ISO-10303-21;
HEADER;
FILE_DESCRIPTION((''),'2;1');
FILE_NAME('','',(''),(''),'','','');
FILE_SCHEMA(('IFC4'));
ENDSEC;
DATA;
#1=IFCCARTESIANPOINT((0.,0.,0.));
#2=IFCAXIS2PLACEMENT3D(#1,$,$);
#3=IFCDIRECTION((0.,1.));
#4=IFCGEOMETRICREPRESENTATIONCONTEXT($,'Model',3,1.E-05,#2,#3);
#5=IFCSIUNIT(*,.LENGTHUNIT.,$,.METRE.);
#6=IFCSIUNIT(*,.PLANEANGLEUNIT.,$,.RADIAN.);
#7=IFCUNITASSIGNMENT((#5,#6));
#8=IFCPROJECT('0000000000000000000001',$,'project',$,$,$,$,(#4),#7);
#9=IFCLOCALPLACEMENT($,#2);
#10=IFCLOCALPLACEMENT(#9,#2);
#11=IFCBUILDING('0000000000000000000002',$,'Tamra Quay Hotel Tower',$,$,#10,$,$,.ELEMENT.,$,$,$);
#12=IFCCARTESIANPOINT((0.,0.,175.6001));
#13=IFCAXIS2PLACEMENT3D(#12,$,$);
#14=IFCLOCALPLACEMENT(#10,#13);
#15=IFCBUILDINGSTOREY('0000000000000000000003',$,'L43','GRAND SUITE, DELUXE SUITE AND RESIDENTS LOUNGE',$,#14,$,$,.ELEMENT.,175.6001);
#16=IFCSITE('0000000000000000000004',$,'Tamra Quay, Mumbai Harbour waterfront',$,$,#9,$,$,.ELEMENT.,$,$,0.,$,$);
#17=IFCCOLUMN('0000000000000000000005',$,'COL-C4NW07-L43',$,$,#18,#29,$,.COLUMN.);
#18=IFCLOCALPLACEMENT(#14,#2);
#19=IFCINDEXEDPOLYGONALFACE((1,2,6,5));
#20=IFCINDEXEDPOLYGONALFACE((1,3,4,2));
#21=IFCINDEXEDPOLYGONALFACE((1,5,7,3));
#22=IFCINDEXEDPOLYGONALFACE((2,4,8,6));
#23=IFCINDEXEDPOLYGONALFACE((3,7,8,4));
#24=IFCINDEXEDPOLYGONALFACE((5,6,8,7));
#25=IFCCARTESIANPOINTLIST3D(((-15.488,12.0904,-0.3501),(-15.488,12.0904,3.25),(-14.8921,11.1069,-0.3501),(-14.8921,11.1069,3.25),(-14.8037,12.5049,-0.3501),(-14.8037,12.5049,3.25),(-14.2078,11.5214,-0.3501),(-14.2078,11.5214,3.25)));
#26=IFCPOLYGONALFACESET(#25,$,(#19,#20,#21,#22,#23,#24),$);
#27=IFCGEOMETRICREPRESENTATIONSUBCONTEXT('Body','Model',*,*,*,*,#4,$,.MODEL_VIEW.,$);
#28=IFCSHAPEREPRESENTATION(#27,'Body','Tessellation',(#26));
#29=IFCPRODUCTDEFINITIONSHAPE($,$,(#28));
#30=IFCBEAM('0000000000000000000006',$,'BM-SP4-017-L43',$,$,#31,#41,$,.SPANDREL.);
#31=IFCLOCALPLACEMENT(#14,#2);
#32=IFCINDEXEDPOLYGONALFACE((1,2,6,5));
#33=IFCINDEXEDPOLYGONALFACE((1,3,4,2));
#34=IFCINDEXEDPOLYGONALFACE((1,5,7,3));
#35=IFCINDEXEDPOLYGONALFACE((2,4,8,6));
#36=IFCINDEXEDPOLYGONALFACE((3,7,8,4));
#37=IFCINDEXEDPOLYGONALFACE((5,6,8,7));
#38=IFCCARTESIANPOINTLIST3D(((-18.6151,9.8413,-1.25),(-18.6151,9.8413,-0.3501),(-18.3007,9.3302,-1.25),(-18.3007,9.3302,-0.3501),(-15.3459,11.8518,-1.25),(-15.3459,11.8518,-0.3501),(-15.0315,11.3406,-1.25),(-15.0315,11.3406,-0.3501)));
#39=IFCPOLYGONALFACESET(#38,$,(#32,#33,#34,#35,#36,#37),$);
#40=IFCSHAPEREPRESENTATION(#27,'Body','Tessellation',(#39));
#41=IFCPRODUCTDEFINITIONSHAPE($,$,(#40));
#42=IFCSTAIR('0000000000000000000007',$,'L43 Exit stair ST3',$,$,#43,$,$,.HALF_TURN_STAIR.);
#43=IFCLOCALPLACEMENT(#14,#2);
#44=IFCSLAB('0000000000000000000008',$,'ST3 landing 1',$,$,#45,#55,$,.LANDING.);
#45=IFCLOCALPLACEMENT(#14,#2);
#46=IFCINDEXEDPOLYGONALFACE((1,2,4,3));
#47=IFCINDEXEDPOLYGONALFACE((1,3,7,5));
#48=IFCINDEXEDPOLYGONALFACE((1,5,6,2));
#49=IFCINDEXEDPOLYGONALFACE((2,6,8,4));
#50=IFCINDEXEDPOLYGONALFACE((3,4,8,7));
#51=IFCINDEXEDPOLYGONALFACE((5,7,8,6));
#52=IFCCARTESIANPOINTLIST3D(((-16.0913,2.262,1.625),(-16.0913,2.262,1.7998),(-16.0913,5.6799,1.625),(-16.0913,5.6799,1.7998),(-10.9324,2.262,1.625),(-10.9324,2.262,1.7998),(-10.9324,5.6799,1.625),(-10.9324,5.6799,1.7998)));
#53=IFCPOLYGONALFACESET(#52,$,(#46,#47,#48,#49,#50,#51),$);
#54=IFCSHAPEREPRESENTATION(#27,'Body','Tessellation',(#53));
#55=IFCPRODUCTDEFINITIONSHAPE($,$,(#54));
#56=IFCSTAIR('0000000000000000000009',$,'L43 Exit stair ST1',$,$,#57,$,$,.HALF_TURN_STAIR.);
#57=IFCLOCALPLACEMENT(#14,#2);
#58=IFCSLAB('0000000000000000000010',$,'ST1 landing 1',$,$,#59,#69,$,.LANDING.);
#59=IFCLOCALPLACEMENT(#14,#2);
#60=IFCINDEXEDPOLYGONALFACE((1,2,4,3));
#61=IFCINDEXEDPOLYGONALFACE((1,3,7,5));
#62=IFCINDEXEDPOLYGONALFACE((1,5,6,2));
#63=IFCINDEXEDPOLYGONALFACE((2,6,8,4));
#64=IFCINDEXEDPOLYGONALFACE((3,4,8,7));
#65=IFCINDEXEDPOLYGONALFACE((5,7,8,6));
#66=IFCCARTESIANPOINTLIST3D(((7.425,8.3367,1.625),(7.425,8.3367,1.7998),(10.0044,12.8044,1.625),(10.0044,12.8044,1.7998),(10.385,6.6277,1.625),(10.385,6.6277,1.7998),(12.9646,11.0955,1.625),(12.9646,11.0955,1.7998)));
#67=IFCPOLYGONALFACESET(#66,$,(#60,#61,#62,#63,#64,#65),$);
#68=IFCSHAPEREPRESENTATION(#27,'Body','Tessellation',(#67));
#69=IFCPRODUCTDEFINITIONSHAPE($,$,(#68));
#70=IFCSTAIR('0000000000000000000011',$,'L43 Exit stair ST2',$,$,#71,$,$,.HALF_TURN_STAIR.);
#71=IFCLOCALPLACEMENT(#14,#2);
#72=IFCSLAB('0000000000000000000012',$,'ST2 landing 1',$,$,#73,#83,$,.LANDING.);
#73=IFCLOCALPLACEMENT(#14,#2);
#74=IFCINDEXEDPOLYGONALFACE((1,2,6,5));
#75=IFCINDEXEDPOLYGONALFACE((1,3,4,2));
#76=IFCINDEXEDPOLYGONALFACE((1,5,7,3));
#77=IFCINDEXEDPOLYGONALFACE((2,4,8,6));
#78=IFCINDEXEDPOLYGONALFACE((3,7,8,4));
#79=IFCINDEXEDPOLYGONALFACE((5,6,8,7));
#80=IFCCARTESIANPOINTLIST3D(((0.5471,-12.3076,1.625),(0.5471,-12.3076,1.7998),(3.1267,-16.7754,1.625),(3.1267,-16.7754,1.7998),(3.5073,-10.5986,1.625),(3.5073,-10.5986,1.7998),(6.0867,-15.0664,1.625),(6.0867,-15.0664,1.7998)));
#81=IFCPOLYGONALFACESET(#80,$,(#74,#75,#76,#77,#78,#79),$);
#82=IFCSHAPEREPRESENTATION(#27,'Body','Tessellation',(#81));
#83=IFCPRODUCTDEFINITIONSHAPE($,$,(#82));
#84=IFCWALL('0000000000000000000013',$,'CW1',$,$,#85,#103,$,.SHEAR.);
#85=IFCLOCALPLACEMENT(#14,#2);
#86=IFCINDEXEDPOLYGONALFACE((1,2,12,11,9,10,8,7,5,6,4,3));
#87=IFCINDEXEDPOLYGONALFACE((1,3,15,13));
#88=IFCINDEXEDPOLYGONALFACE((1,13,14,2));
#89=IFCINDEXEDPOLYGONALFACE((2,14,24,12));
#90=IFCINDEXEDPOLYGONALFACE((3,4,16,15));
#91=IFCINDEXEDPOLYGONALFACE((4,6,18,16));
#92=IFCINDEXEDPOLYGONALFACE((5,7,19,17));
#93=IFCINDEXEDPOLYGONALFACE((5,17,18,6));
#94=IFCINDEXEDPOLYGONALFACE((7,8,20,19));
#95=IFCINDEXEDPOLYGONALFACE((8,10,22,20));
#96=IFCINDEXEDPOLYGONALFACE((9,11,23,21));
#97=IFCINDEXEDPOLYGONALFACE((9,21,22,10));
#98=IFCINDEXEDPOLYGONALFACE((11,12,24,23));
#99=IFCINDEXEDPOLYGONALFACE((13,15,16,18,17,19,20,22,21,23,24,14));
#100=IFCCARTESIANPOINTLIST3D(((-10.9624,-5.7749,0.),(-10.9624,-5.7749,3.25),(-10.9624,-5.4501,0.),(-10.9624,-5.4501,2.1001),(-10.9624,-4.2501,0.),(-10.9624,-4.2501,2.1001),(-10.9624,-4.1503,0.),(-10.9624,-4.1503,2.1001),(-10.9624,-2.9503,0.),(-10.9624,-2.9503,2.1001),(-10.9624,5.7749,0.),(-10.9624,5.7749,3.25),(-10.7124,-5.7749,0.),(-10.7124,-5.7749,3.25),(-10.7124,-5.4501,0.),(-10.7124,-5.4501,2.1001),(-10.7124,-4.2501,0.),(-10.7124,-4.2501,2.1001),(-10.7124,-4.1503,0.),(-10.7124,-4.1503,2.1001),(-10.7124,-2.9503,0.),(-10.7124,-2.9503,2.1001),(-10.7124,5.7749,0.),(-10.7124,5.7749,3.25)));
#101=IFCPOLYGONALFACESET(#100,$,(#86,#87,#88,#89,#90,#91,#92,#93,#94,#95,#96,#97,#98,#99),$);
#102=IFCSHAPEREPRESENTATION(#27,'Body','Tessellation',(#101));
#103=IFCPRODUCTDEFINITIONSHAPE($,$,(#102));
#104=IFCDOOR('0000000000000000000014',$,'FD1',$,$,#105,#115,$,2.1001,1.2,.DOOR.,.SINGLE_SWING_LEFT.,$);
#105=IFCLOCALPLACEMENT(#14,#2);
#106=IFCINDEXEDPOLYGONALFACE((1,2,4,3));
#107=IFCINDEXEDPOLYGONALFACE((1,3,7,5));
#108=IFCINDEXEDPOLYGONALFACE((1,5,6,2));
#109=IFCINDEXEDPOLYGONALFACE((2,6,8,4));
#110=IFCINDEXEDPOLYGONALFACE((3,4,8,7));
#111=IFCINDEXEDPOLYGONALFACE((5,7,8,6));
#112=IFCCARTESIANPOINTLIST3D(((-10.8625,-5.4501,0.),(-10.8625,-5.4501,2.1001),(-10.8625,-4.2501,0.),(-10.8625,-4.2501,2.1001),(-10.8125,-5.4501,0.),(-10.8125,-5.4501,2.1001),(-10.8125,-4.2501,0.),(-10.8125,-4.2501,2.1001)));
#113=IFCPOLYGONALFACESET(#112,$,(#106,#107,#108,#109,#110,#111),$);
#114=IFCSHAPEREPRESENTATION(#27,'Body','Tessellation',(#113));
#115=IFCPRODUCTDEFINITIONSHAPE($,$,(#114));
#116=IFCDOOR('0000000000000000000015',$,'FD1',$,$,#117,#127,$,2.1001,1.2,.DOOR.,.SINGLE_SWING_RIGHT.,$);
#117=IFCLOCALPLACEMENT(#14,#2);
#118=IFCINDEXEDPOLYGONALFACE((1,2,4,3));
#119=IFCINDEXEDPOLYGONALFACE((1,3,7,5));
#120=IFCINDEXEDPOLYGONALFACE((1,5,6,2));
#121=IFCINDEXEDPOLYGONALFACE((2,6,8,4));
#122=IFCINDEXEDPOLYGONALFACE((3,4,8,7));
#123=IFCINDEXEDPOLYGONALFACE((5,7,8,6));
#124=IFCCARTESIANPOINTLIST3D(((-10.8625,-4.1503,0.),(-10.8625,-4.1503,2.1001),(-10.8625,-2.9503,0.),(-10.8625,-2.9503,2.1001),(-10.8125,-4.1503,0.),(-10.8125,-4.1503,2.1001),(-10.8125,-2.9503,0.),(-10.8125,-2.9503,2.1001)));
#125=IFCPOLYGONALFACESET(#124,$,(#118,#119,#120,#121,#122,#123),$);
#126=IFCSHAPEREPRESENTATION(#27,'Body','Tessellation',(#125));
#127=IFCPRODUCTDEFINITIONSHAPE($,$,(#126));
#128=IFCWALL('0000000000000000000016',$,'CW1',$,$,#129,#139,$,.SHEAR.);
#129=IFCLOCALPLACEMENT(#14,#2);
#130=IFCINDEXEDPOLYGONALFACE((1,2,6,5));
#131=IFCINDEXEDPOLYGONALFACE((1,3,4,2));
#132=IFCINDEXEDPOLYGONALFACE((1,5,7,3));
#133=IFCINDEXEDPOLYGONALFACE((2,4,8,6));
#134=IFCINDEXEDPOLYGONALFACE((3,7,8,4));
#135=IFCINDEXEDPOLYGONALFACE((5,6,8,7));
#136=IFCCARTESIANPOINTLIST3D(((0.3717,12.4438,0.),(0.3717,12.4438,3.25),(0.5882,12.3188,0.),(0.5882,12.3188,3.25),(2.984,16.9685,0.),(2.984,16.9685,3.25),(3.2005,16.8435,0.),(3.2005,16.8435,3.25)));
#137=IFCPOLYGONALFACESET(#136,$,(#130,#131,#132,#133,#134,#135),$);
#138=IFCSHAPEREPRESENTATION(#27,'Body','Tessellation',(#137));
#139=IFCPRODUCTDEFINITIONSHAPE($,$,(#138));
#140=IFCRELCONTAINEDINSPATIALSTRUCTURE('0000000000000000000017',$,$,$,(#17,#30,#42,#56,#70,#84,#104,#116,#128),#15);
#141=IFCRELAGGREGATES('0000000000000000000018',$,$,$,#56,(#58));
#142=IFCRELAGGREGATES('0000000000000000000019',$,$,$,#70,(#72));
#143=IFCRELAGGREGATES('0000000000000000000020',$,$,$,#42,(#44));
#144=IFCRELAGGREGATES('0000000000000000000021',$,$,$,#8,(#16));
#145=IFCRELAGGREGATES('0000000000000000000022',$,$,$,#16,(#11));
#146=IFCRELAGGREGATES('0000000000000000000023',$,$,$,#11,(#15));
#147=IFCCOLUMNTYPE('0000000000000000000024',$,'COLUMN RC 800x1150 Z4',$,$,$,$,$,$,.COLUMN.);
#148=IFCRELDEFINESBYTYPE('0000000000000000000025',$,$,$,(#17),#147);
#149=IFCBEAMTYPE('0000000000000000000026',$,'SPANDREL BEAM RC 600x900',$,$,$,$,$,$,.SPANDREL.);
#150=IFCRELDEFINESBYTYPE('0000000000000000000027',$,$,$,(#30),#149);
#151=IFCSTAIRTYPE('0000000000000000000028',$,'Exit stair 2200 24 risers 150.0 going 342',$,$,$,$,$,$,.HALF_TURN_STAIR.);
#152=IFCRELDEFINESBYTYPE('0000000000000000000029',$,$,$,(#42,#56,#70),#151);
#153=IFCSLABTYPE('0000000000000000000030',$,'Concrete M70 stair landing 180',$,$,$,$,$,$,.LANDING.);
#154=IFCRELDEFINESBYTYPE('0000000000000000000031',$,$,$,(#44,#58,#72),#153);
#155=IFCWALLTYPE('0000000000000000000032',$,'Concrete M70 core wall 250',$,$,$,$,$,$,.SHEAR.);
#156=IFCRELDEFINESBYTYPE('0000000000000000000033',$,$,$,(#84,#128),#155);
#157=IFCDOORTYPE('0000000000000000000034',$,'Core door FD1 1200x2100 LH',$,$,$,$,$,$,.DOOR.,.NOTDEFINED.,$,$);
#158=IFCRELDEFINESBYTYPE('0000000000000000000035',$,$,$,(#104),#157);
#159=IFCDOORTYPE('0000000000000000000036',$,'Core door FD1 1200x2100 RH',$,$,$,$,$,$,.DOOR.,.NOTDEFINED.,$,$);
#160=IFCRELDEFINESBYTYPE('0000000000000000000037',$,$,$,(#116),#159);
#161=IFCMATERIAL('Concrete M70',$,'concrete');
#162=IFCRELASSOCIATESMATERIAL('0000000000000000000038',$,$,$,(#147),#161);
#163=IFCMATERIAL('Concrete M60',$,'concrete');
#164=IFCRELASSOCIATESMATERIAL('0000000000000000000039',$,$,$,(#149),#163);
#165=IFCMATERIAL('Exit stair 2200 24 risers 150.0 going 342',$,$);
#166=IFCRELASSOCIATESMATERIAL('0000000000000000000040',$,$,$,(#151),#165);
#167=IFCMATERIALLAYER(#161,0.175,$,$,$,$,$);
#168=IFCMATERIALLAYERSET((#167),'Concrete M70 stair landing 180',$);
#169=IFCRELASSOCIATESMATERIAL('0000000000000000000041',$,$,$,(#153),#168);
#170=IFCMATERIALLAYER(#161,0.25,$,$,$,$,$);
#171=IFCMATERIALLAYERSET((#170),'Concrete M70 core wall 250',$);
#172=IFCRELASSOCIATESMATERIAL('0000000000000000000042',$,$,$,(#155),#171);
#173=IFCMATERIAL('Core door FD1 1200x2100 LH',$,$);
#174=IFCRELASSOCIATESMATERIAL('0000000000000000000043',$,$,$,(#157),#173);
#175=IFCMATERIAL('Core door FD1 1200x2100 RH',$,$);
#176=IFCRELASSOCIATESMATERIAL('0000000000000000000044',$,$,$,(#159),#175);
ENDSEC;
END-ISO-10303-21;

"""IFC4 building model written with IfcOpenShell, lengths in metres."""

from ifc_helpers import new_model, si_unit, direction, frame, frame_2d, origin, origin_2d, place, context, subcontext, project, spatial, polyline, rectangle, outline, extrude, material, layer, layer_set, material_profile, profile_set, type_object, element, fill, aggregate, save


model = new_model("IFC4")

# Units and contexts
model_context = context("Model", 3, precision=1e-05, world=origin(), true_north=direction((0.0, 1.0)))
body_context = subcontext(model_context, "Body", "Model", "MODEL_VIEW")
ifc_project = project(units=[si_unit("LENGTHUNIT", "METRE"), si_unit("PLANEANGLEUNIT", "RADIAN")], contexts=[model_context])

# Site, building, storey
site_placement = place(None, origin())
site = spatial("IfcSite", under=ifc_project, at=site_placement, Name="Tamra Quay, Mumbai Harbour waterfront", CompositionType="ELEMENT", RefElevation=0.0)
building_placement = place(site_placement, origin())
building = spatial("IfcBuilding", under=site, at=building_placement, Name="Tamra Quay Hotel Tower", CompositionType="ELEMENT")
storey_placement = place(building_placement, frame((0.0, 0.0, 175.6001)))
storey = spatial("IfcBuildingStorey", under=building, at=storey_placement, Name="L43", Description="GRAND SUITE, DELUXE SUITE AND RESIDENTS LOUNGE", CompositionType="ELEMENT", Elevation=175.6001)

# Column
ifc_material_1 = material(Name="Concrete M70", Category="concrete")
ifc_material_profile_1 = material_profile(ifc_material_1, rectangle(XDim=1.1499, YDim=0.8, at=origin_2d()), Name="COLUMN RC 800x1150 Z4")
ifc_profile_set_1 = profile_set([ifc_material_profile_1], Name="Concrete M70")
column_type = type_object("IfcColumnType", Name="COLUMN RC 800x1150 Z4", PredefinedType="COLUMN", material=ifc_profile_set_1)
column_placement = place(storey_placement, frame((-14.8479, 11.8059, -0.3501), z_axis=(0.0, 0.0, 1.0), x_axis=(-0.518175, 0.855275, 0.0)))
element("IfcColumn", 1, at=column_placement, inside=storey, type_object=column_type, Name="COL-C4NW07-L43", PredefinedType="COLUMN", context=body_context, shape_type="SweptSolid", body=[
    extrude(rectangle(XDim=1.1499, YDim=0.8, at=origin_2d()), origin(), (0.0, 0.0, 1.0), 3.6001),
])

# Beam
ifc_material_2 = material(Name="Concrete M60", Category="concrete")
ifc_material_profile_2 = material_profile(ifc_material_2, rectangle(XDim=0.6001, YDim=0.8999, at=origin_2d()), Name="SPANDREL BEAM RC 600x900")
ifc_profile_set_2 = profile_set([ifc_material_profile_2], Name="Concrete M60")
beam_type = type_object("IfcBeamType", Name="SPANDREL BEAM RC 600x900", PredefinedType="SPANDREL", material=ifc_profile_set_2)
beam_placement = place(storey_placement, frame((-15.1887, 11.5962, -0.8), z_axis=(-0.851818, -0.523838, 0.0), x_axis=(0.523838, -0.851818, 0.0)))
element("IfcBeam", 2, at=beam_placement, inside=storey, type_object=beam_type, Name="BM-SP4-017-L43", PredefinedType="SPANDREL", context=body_context, shape_type="SweptSolid", body=[
    extrude(rectangle(XDim=0.6001, YDim=0.8999, at=origin_2d()), origin(), (0.0, 0.0, 1.0), 3.8379),
])

# Stairs, slabs
ifc_material_3 = material(Name="Exit stair 2200 24 risers 150.0 going 342")
stair_type = type_object("IfcStairType", Name="Exit stair 2200 24 risers 150.0 going 342", PredefinedType="HALF_TURN_STAIR", material=ifc_material_3)
stair_1_placement = place(storey_placement, origin())
stair_1 = element("IfcStair", 3, at=stair_1_placement, inside=storey, type_object=stair_type, Name="L43 Exit stair ST3", PredefinedType="HALF_TURN_STAIR")
ifc_layer_1 = layer(ifc_material_1, 0.175)
ifc_layer_set_1 = layer_set([ifc_layer_1], Name="Concrete M70 stair landing 180")
slab_type_1 = type_object("IfcSlabType", Name="Concrete M70 stair landing 180", PredefinedType="LANDING", material=ifc_layer_set_1)
slab_1_placement = place(storey_placement, frame((0.0, 0.0, 1.625)))
slab_1 = element("IfcSlab", 4, at=slab_1_placement, type_object=slab_type_1, Name="ST3 landing 1", PredefinedType="LANDING", context=body_context, shape_type="SweptSolid", body=[
    extrude(outline(polyline([(-10.9324, 2.262), (-10.9324, 5.6799), (-16.0913, 5.6799), (-16.0913, 2.262), (-10.9324, 2.262)])), origin(), (0.0, 0.0, 1.0), 0.1748),
])
stair_2_placement = place(storey_placement, origin())
stair_2 = element("IfcStair", 5, at=stair_2_placement, inside=storey, type_object=stair_type, Name="L43 Exit stair ST1", PredefinedType="HALF_TURN_STAIR")
slab_2_placement = place(storey_placement, frame((0.0, 0.0, 1.625)))
slab_2 = element("IfcSlab", 6, at=slab_2_placement, type_object=slab_type_1, Name="ST1 landing 1", PredefinedType="LANDING", context=body_context, shape_type="SweptSolid", body=[
    extrude(outline(polyline([(7.425, 8.3367), (10.385, 6.6277), (12.9646, 11.0955), (10.0044, 12.8044), (7.425, 8.3367)])), origin(), (0.0, 0.0, 1.0), 0.1748),
])
aggregate(stair_2, [slab_2])
stair_3_placement = place(storey_placement, origin())
stair_3 = element("IfcStair", 7, at=stair_3_placement, inside=storey, type_object=stair_type, Name="L43 Exit stair ST2", PredefinedType="HALF_TURN_STAIR")
slab_3_placement = place(storey_placement, frame((0.0, 0.0, 1.625)))
slab_3 = element("IfcSlab", 8, at=slab_3_placement, type_object=slab_type_1, Name="ST2 landing 1", PredefinedType="LANDING", context=body_context, shape_type="SweptSolid", body=[
    extrude(outline(polyline([(3.5073, -10.5986), (0.5471, -12.3076), (3.1267, -16.7754), (6.0867, -15.0664), (3.5073, -10.5986)])), origin(), (0.0, 0.0, 1.0), 0.1748),
])
aggregate(stair_3, [slab_3])

# Wall, openings, doors
ifc_layer_2 = layer(ifc_material_1, 0.25)
ifc_layer_set_2 = layer_set([ifc_layer_2], Name="Concrete M70 core wall 250")
wall_type_1 = type_object("IfcWallType", Name="Concrete M70 core wall 250", PredefinedType="SHEAR", material=ifc_layer_set_2)
wall_1_placement = place(storey_placement, frame((-10.8374, 5.7749, 0.0), z_axis=(0.0, 0.0, 1.0), x_axis=(0.0, -1.0, 0.0)))
wall_1 = element("IfcWall", 9, at=wall_1_placement, inside=storey, type_object=wall_type_1, Name="CW1", PredefinedType="SHEAR", context=body_context, shape_type="SweptSolid", body=[
    extrude(rectangle(XDim=11.5498, YDim=0.25, at=frame_2d((5.7749, 0.0))), origin(), (0.0, 0.0, 1.0), 3.25),
])
opening_1_placement = place(wall_1_placement, frame((10.0249, 0.0, 0.0)))
opening_1 = element("IfcOpeningElement", 10, at=opening_1_placement, cuts=wall_1, PredefinedType="OPENING", context=body_context, shape_type="SweptSolid", body=[
    extrude(rectangle(XDim=1.2, YDim=2.1001, at=frame_2d((0.6001, 1.05))), frame((0.0, 0.135, 0.0), z_axis=(0.0, -1.0, 0.0), x_axis=(1.0, 0.0, 0.0)), (0.0, 0.0, 1.0), 0.27),
])
opening_2_placement = place(wall_1_placement, frame((8.7251, 0.0, 0.0)))
opening_2 = element("IfcOpeningElement", 11, at=opening_2_placement, cuts=wall_1, PredefinedType="OPENING", context=body_context, shape_type="SweptSolid", body=[
    extrude(rectangle(XDim=1.2, YDim=2.1001, at=frame_2d((0.6001, 1.05))), frame((0.0, 0.135, 0.0), z_axis=(0.0, -1.0, 0.0), x_axis=(1.0, 0.0, 0.0)), (0.0, 0.0, 1.0), 0.27),
])
ifc_material_4 = material(Name="Core door FD1 1200x2100 LH")
door_type_1 = type_object("IfcDoorType", Name="Core door FD1 1200x2100 LH", OperationType="NOTDEFINED", PredefinedType="DOOR", material=ifc_material_4)
door_1_placement = place(opening_1_placement, origin())
door_1 = element("IfcDoor", 12, at=door_1_placement, inside=storey, type_object=door_type_1, Name="FD1", OperationType="SINGLE_SWING_LEFT", OverallHeight=2.1001, OverallWidth=1.2, PredefinedType="DOOR", context=body_context, shape_type="SweptSolid", body=[
    extrude(rectangle(XDim=1.2, YDim=2.1001, at=frame_2d((0.6001, 1.05))), frame((0.0, 0.0249, 0.0), z_axis=(0.0, -1.0, 0.0), x_axis=(1.0, 0.0, 0.0)), (0.0, 0.0, 1.0), 0.05),
])
fill(opening_1, door_1)
ifc_material_5 = material(Name="Core door FD1 1200x2100 RH")
door_type_2 = type_object("IfcDoorType", Name="Core door FD1 1200x2100 RH", OperationType="NOTDEFINED", PredefinedType="DOOR", material=ifc_material_5)
door_2_placement = place(opening_2_placement, origin())
door_2 = element("IfcDoor", 13, at=door_2_placement, inside=storey, type_object=door_type_2, Name="FD1", OperationType="SINGLE_SWING_RIGHT", OverallHeight=2.1001, OverallWidth=1.2, PredefinedType="DOOR", context=body_context, shape_type="SweptSolid", body=[
    extrude(rectangle(XDim=1.2, YDim=2.1001, at=frame_2d((0.6001, 1.05))), frame((0.0, 0.0249, 0.0), z_axis=(0.0, -1.0, 0.0), x_axis=(1.0, 0.0, 0.0)), (0.0, 0.0, 1.0), 0.05),
])
fill(opening_2, door_2)

# Wall
wall_2_placement = place(storey_placement, frame((0.48, 12.3813, 0.0), z_axis=(0.0, 0.0, 1.0), x_axis=(0.499999, 0.866026, 0.0)))
element("IfcWall", 14, at=wall_2_placement, inside=storey, type_object=wall_type_1, Name="CW1", PredefinedType="SHEAR", context=body_context, shape_type="SweptSolid", body=[
    extrude(rectangle(XDim=5.2246, YDim=0.25, at=frame_2d((2.6123, 0.0))), origin(), (0.0, 0.0, 1.0), 3.25),
])

aggregate(stair_1, [slab_1])

save(model, "model.ifc")
